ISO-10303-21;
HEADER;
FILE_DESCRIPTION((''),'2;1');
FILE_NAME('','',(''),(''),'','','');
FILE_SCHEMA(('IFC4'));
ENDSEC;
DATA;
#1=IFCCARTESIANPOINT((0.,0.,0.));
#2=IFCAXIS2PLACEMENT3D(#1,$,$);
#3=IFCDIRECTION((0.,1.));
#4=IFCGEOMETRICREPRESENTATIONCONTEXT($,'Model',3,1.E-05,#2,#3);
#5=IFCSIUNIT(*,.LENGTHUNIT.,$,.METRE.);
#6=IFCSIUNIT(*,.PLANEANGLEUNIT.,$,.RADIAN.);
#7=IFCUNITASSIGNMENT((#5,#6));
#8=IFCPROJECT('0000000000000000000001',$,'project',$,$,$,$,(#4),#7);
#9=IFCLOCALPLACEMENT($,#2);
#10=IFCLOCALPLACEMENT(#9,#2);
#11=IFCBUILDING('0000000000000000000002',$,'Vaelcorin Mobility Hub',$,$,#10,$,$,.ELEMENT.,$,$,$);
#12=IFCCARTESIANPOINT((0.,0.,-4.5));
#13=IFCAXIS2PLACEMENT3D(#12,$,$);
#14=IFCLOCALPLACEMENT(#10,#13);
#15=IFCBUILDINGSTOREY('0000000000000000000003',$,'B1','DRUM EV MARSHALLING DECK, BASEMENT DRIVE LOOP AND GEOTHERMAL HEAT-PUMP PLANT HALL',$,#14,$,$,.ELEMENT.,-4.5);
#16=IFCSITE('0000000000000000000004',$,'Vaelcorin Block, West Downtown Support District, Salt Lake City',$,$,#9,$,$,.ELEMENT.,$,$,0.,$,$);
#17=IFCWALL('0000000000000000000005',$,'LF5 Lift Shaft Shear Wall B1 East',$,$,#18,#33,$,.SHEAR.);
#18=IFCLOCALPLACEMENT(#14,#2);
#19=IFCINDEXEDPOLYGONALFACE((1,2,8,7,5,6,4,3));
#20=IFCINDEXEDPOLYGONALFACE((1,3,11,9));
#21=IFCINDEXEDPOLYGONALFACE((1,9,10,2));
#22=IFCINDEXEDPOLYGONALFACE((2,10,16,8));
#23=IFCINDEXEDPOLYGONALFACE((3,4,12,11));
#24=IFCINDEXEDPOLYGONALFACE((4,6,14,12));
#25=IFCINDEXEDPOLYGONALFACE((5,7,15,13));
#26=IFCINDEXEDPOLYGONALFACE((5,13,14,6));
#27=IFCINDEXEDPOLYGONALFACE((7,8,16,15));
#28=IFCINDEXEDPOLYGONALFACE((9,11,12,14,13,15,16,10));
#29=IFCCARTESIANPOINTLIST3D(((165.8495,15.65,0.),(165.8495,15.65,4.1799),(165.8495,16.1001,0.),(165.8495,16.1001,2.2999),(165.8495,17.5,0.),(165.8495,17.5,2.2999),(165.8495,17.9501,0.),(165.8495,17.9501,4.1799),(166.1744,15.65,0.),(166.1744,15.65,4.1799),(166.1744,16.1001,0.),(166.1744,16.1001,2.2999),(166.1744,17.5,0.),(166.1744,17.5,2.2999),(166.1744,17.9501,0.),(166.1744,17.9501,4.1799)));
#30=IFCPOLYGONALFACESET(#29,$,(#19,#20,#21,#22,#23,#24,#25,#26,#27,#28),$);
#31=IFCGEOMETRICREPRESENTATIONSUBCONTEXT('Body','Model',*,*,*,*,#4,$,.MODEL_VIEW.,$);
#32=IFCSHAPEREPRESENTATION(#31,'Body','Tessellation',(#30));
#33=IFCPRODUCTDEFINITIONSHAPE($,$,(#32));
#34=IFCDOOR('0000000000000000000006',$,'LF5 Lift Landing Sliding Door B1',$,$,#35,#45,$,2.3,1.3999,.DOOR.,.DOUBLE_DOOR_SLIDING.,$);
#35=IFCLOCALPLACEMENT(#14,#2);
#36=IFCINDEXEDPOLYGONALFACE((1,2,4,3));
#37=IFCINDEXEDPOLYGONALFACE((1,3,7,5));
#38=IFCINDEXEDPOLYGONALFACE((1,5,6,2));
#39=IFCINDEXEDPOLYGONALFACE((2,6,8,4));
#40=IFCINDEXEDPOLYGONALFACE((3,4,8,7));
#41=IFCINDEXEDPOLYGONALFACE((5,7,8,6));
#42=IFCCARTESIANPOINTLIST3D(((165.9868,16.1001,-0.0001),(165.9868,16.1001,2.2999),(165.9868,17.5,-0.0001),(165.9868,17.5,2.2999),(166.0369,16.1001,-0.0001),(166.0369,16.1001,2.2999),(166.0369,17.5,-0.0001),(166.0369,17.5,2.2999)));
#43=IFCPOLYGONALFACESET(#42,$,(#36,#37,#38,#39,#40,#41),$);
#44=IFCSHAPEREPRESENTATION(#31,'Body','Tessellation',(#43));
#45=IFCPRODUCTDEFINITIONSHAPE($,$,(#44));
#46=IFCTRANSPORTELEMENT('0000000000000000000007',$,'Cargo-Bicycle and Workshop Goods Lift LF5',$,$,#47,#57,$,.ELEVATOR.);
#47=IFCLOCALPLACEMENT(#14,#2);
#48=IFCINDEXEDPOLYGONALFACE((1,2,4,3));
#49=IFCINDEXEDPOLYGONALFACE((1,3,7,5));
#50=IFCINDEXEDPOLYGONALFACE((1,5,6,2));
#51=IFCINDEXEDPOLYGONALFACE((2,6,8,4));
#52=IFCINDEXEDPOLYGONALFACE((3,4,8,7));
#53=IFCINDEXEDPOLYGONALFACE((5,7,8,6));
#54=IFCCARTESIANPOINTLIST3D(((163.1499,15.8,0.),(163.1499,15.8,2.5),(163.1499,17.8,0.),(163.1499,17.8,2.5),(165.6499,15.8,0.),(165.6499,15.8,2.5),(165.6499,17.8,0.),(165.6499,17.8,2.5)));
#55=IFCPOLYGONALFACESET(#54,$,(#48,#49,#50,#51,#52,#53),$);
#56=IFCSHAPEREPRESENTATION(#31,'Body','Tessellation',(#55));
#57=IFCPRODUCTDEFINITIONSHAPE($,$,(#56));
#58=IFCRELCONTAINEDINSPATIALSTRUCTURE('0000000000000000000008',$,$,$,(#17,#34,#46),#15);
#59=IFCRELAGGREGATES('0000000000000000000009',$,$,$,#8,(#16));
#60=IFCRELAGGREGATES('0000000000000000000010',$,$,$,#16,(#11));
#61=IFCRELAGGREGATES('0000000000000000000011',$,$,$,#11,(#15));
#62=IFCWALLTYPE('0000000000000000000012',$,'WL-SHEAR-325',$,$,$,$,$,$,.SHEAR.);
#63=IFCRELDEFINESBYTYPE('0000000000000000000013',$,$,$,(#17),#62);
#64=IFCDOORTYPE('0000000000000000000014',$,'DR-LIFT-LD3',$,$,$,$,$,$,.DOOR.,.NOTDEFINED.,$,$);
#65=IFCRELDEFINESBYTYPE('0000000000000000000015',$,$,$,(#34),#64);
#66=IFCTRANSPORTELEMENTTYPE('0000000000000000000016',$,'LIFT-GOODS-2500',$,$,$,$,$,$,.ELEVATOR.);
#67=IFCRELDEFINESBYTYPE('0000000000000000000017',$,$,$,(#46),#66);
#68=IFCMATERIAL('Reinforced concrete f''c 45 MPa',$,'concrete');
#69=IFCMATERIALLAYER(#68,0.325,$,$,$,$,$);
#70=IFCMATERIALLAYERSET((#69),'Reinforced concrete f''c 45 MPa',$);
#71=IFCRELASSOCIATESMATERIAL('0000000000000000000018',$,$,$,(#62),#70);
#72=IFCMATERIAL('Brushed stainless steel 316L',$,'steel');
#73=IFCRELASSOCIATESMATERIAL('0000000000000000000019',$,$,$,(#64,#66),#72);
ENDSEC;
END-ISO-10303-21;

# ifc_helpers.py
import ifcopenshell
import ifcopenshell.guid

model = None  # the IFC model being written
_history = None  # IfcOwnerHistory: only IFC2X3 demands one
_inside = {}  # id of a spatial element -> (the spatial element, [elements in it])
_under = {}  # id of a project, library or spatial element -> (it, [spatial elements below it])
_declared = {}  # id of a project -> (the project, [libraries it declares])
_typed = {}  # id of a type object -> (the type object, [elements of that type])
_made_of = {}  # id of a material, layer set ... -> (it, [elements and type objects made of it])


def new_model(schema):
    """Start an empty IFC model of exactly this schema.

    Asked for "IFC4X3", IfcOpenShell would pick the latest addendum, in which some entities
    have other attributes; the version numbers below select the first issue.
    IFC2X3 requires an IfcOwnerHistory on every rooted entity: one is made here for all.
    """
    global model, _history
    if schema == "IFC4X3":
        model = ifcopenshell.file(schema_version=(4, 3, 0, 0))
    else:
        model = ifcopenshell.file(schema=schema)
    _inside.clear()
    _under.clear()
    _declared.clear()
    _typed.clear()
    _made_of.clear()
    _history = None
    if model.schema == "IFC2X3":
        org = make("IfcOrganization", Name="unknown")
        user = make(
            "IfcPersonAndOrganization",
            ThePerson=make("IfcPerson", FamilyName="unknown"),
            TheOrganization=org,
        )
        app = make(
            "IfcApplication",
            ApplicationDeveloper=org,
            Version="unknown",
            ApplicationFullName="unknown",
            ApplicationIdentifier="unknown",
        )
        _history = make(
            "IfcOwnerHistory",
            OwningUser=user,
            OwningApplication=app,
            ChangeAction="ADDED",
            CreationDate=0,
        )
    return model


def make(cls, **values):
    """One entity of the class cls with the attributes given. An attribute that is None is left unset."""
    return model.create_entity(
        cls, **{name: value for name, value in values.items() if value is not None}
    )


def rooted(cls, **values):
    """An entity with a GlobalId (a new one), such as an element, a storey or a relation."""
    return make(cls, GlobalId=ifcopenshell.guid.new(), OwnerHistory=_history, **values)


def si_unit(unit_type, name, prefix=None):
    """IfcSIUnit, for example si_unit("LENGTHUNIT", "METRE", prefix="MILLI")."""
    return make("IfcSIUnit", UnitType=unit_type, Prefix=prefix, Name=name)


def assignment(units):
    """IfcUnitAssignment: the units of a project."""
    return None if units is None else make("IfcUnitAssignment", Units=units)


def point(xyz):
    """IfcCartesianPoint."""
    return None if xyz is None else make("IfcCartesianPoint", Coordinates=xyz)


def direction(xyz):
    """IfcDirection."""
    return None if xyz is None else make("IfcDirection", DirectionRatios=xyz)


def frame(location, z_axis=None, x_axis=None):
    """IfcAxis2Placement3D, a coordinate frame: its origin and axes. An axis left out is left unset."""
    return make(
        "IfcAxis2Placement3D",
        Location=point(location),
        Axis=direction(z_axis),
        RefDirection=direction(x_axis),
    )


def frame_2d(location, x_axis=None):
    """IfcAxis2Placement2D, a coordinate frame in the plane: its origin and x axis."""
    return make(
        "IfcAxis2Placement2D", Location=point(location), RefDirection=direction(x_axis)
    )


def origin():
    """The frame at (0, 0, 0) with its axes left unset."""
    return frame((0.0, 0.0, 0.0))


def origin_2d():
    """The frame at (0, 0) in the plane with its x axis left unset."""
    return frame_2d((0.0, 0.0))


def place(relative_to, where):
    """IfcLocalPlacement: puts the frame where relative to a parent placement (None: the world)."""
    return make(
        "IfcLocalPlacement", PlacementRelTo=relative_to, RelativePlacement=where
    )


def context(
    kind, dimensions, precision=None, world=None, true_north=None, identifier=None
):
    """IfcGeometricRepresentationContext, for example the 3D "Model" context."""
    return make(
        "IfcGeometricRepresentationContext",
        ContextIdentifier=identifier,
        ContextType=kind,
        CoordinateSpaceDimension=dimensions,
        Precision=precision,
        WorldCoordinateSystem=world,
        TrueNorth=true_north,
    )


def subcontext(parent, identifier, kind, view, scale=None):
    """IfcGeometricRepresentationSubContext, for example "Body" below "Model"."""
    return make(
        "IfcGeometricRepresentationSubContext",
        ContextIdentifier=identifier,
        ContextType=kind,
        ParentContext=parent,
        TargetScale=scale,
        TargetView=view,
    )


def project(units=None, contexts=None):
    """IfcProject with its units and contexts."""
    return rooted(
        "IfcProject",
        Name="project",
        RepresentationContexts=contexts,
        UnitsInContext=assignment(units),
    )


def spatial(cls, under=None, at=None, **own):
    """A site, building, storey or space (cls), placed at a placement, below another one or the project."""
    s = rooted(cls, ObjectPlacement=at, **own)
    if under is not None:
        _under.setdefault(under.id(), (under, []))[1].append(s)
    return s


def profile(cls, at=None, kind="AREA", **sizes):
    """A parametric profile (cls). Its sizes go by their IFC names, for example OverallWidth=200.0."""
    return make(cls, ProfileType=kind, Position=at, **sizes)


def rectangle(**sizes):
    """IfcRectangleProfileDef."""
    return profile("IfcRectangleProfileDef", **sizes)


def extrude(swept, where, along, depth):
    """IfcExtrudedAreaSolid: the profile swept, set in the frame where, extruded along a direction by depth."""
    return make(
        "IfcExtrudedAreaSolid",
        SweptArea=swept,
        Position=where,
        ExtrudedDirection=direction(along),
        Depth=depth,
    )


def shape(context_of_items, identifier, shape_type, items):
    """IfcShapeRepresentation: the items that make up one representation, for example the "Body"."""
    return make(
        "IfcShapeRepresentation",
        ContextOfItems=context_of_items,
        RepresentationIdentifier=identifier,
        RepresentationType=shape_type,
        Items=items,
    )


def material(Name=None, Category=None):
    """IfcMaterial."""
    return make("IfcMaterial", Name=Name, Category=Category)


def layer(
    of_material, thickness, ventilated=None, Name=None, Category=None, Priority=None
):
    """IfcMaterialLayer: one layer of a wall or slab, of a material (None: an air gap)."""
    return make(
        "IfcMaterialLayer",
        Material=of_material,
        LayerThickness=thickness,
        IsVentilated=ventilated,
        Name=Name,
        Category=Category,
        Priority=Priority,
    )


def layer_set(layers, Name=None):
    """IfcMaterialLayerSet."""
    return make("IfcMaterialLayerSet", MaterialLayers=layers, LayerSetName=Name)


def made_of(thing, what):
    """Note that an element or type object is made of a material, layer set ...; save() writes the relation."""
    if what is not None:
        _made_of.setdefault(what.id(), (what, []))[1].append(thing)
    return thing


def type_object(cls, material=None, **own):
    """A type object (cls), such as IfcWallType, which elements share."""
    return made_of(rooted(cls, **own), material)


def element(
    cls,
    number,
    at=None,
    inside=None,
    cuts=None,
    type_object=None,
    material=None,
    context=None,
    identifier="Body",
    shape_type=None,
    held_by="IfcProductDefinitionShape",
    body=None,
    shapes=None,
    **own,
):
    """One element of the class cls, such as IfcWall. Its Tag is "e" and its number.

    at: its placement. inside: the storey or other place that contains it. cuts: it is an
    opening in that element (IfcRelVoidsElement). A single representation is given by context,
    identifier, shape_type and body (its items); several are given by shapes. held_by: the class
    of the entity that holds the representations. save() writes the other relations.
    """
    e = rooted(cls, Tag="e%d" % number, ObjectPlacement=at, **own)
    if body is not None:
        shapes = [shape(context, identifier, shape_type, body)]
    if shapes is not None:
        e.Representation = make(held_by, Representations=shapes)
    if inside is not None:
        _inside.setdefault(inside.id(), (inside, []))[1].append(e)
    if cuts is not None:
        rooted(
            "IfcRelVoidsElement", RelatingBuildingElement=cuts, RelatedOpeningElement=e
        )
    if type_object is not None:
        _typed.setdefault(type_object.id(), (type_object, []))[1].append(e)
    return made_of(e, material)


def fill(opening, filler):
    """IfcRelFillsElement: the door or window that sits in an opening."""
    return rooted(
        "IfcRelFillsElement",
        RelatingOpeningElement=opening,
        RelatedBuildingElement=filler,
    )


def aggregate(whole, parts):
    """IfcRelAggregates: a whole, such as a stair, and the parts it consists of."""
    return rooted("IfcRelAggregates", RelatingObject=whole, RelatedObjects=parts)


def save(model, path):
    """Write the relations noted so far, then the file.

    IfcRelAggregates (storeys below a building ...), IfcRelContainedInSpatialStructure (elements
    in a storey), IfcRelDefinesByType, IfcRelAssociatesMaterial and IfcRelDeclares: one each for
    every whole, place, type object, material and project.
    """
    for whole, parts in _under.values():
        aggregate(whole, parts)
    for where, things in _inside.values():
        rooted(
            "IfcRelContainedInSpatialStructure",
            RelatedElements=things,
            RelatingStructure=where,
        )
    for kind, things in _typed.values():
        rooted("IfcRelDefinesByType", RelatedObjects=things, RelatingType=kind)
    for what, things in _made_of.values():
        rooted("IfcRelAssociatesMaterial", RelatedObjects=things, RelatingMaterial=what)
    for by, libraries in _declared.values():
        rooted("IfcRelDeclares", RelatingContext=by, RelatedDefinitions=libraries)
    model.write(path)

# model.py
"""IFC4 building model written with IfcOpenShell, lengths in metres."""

from ifc_helpers import new_model, si_unit, direction, frame, frame_2d, origin, origin_2d, place, context, subcontext, project, spatial, rectangle, extrude, material, layer, layer_set, type_object, element, fill, save


model = new_model("IFC4")

# Units and contexts
model_context = context("Model", 3, precision=1e-05, world=origin(), true_north=direction((0.0, 1.0)))
body_context = subcontext(model_context, "Body", "Model", "MODEL_VIEW")
ifc_project = project(units=[si_unit("LENGTHUNIT", "METRE"), si_unit("PLANEANGLEUNIT", "RADIAN")], contexts=[model_context])

# Site, building, storey
site_placement = place(None, origin())
site = spatial("IfcSite", under=ifc_project, at=site_placement, Name="Vaelcorin Block, West Downtown Support District, Salt Lake City", CompositionType="ELEMENT", RefElevation=0.0)
building_placement = place(site_placement, origin())
building = spatial("IfcBuilding", under=site, at=building_placement, Name="Vaelcorin Mobility Hub", CompositionType="ELEMENT")
storey_placement = place(building_placement, frame((0.0, 0.0, -4.5)))
storey = spatial("IfcBuildingStorey", under=building, at=storey_placement, Name="B1", Description="DRUM EV MARSHALLING DECK, BASEMENT DRIVE LOOP AND GEOTHERMAL HEAT-PUMP PLANT HALL", CompositionType="ELEMENT", Elevation=-4.5)

# Shared definitions
ifc_material_1 = material(Name="Reinforced concrete f'c 45 MPa", Category="concrete")
ifc_layer_1 = layer(ifc_material_1, 0.325)
ifc_layer_set_1 = layer_set([ifc_layer_1], Name="Reinforced concrete f'c 45 MPa")
wall_type = type_object("IfcWallType", Name="WL-SHEAR-325", PredefinedType="SHEAR", material=ifc_layer_set_1)

# Wall, opening, door
wall_1_placement = place(storey_placement, frame((166.012, 17.95, 0.0), z_axis=(0.0, 0.0, 1.0), x_axis=(0.0, -1.0, 0.0)))
wall_1 = element("IfcWall", 1, at=wall_1_placement, inside=storey, type_object=wall_type, Name="LF5 Lift Shaft Shear Wall B1 East", PredefinedType="SHEAR", context=body_context, shape_type="SweptSolid", body=[
    extrude(rectangle(XDim=2.3, YDim=0.325, at=frame_2d((1.1499, 0.0))), origin(), (0.0, 0.0, 1.0), 4.1799),
])
opening_placement = place(wall_1_placement, frame((0.45, 0.0, 0.0)))
opening = element("IfcOpeningElement", 2, at=opening_placement, cuts=wall_1, PredefinedType="OPENING", context=body_context, shape_type="SweptSolid", body=[
    extrude(rectangle(XDim=1.3999, YDim=2.3, at=frame_2d((0.7, 1.1499))), frame((0.0, 0.1724, 0.0), z_axis=(0.0, -1.0, 0.0), x_axis=(1.0, 0.0, 0.0)), (0.0, 0.0, 1.0), 0.345),
])
ifc_material_2 = material(Name="Brushed stainless steel 316L", Category="steel")
door_type = type_object("IfcDoorType", Name="DR-LIFT-LD3", OperationType="NOTDEFINED", PredefinedType="DOOR", material=ifc_material_2)
door_placement = place(opening_placement, origin())
door = element("IfcDoor", 3, at=door_placement, inside=storey, type_object=door_type, Name="LF5 Lift Landing Sliding Door B1", OperationType="DOUBLE_DOOR_SLIDING", OverallHeight=2.3, OverallWidth=1.3999, PredefinedType="DOOR", context=body_context, shape_type="SweptSolid", body=[
    extrude(rectangle(XDim=1.3999, YDim=2.3, at=frame_2d((0.7, 1.1499))), frame((0.0, 0.0249, 0.0), z_axis=(0.0, -1.0, 0.0), x_axis=(1.0, 0.0, 0.0)), (0.0, 0.0, 1.0), 0.05),
])
fill(opening, door)

# Transport element
transport_element_type = type_object("IfcTransportElementType", Name="LIFT-GOODS-2500", PredefinedType="ELEVATOR", material=ifc_material_2)
transport_element_placement = place(storey_placement, frame((164.3999, 16.8, 0.0), z_axis=(0.0, 0.0, 1.0), x_axis=(1.0, 0.0, 0.0)))
element("IfcTransportElement", 4, at=transport_element_placement, inside=storey, type_object=transport_element_type, Name="Cargo-Bicycle and Workshop Goods Lift LF5", PredefinedType="ELEVATOR", context=body_context, shape_type="SweptSolid", body=[
    extrude(rectangle(XDim=2.5, YDim=2.0, at=origin_2d()), origin(), (0.0, 0.0, 1.0), 2.5),
])

save(model, "model.ifc")
